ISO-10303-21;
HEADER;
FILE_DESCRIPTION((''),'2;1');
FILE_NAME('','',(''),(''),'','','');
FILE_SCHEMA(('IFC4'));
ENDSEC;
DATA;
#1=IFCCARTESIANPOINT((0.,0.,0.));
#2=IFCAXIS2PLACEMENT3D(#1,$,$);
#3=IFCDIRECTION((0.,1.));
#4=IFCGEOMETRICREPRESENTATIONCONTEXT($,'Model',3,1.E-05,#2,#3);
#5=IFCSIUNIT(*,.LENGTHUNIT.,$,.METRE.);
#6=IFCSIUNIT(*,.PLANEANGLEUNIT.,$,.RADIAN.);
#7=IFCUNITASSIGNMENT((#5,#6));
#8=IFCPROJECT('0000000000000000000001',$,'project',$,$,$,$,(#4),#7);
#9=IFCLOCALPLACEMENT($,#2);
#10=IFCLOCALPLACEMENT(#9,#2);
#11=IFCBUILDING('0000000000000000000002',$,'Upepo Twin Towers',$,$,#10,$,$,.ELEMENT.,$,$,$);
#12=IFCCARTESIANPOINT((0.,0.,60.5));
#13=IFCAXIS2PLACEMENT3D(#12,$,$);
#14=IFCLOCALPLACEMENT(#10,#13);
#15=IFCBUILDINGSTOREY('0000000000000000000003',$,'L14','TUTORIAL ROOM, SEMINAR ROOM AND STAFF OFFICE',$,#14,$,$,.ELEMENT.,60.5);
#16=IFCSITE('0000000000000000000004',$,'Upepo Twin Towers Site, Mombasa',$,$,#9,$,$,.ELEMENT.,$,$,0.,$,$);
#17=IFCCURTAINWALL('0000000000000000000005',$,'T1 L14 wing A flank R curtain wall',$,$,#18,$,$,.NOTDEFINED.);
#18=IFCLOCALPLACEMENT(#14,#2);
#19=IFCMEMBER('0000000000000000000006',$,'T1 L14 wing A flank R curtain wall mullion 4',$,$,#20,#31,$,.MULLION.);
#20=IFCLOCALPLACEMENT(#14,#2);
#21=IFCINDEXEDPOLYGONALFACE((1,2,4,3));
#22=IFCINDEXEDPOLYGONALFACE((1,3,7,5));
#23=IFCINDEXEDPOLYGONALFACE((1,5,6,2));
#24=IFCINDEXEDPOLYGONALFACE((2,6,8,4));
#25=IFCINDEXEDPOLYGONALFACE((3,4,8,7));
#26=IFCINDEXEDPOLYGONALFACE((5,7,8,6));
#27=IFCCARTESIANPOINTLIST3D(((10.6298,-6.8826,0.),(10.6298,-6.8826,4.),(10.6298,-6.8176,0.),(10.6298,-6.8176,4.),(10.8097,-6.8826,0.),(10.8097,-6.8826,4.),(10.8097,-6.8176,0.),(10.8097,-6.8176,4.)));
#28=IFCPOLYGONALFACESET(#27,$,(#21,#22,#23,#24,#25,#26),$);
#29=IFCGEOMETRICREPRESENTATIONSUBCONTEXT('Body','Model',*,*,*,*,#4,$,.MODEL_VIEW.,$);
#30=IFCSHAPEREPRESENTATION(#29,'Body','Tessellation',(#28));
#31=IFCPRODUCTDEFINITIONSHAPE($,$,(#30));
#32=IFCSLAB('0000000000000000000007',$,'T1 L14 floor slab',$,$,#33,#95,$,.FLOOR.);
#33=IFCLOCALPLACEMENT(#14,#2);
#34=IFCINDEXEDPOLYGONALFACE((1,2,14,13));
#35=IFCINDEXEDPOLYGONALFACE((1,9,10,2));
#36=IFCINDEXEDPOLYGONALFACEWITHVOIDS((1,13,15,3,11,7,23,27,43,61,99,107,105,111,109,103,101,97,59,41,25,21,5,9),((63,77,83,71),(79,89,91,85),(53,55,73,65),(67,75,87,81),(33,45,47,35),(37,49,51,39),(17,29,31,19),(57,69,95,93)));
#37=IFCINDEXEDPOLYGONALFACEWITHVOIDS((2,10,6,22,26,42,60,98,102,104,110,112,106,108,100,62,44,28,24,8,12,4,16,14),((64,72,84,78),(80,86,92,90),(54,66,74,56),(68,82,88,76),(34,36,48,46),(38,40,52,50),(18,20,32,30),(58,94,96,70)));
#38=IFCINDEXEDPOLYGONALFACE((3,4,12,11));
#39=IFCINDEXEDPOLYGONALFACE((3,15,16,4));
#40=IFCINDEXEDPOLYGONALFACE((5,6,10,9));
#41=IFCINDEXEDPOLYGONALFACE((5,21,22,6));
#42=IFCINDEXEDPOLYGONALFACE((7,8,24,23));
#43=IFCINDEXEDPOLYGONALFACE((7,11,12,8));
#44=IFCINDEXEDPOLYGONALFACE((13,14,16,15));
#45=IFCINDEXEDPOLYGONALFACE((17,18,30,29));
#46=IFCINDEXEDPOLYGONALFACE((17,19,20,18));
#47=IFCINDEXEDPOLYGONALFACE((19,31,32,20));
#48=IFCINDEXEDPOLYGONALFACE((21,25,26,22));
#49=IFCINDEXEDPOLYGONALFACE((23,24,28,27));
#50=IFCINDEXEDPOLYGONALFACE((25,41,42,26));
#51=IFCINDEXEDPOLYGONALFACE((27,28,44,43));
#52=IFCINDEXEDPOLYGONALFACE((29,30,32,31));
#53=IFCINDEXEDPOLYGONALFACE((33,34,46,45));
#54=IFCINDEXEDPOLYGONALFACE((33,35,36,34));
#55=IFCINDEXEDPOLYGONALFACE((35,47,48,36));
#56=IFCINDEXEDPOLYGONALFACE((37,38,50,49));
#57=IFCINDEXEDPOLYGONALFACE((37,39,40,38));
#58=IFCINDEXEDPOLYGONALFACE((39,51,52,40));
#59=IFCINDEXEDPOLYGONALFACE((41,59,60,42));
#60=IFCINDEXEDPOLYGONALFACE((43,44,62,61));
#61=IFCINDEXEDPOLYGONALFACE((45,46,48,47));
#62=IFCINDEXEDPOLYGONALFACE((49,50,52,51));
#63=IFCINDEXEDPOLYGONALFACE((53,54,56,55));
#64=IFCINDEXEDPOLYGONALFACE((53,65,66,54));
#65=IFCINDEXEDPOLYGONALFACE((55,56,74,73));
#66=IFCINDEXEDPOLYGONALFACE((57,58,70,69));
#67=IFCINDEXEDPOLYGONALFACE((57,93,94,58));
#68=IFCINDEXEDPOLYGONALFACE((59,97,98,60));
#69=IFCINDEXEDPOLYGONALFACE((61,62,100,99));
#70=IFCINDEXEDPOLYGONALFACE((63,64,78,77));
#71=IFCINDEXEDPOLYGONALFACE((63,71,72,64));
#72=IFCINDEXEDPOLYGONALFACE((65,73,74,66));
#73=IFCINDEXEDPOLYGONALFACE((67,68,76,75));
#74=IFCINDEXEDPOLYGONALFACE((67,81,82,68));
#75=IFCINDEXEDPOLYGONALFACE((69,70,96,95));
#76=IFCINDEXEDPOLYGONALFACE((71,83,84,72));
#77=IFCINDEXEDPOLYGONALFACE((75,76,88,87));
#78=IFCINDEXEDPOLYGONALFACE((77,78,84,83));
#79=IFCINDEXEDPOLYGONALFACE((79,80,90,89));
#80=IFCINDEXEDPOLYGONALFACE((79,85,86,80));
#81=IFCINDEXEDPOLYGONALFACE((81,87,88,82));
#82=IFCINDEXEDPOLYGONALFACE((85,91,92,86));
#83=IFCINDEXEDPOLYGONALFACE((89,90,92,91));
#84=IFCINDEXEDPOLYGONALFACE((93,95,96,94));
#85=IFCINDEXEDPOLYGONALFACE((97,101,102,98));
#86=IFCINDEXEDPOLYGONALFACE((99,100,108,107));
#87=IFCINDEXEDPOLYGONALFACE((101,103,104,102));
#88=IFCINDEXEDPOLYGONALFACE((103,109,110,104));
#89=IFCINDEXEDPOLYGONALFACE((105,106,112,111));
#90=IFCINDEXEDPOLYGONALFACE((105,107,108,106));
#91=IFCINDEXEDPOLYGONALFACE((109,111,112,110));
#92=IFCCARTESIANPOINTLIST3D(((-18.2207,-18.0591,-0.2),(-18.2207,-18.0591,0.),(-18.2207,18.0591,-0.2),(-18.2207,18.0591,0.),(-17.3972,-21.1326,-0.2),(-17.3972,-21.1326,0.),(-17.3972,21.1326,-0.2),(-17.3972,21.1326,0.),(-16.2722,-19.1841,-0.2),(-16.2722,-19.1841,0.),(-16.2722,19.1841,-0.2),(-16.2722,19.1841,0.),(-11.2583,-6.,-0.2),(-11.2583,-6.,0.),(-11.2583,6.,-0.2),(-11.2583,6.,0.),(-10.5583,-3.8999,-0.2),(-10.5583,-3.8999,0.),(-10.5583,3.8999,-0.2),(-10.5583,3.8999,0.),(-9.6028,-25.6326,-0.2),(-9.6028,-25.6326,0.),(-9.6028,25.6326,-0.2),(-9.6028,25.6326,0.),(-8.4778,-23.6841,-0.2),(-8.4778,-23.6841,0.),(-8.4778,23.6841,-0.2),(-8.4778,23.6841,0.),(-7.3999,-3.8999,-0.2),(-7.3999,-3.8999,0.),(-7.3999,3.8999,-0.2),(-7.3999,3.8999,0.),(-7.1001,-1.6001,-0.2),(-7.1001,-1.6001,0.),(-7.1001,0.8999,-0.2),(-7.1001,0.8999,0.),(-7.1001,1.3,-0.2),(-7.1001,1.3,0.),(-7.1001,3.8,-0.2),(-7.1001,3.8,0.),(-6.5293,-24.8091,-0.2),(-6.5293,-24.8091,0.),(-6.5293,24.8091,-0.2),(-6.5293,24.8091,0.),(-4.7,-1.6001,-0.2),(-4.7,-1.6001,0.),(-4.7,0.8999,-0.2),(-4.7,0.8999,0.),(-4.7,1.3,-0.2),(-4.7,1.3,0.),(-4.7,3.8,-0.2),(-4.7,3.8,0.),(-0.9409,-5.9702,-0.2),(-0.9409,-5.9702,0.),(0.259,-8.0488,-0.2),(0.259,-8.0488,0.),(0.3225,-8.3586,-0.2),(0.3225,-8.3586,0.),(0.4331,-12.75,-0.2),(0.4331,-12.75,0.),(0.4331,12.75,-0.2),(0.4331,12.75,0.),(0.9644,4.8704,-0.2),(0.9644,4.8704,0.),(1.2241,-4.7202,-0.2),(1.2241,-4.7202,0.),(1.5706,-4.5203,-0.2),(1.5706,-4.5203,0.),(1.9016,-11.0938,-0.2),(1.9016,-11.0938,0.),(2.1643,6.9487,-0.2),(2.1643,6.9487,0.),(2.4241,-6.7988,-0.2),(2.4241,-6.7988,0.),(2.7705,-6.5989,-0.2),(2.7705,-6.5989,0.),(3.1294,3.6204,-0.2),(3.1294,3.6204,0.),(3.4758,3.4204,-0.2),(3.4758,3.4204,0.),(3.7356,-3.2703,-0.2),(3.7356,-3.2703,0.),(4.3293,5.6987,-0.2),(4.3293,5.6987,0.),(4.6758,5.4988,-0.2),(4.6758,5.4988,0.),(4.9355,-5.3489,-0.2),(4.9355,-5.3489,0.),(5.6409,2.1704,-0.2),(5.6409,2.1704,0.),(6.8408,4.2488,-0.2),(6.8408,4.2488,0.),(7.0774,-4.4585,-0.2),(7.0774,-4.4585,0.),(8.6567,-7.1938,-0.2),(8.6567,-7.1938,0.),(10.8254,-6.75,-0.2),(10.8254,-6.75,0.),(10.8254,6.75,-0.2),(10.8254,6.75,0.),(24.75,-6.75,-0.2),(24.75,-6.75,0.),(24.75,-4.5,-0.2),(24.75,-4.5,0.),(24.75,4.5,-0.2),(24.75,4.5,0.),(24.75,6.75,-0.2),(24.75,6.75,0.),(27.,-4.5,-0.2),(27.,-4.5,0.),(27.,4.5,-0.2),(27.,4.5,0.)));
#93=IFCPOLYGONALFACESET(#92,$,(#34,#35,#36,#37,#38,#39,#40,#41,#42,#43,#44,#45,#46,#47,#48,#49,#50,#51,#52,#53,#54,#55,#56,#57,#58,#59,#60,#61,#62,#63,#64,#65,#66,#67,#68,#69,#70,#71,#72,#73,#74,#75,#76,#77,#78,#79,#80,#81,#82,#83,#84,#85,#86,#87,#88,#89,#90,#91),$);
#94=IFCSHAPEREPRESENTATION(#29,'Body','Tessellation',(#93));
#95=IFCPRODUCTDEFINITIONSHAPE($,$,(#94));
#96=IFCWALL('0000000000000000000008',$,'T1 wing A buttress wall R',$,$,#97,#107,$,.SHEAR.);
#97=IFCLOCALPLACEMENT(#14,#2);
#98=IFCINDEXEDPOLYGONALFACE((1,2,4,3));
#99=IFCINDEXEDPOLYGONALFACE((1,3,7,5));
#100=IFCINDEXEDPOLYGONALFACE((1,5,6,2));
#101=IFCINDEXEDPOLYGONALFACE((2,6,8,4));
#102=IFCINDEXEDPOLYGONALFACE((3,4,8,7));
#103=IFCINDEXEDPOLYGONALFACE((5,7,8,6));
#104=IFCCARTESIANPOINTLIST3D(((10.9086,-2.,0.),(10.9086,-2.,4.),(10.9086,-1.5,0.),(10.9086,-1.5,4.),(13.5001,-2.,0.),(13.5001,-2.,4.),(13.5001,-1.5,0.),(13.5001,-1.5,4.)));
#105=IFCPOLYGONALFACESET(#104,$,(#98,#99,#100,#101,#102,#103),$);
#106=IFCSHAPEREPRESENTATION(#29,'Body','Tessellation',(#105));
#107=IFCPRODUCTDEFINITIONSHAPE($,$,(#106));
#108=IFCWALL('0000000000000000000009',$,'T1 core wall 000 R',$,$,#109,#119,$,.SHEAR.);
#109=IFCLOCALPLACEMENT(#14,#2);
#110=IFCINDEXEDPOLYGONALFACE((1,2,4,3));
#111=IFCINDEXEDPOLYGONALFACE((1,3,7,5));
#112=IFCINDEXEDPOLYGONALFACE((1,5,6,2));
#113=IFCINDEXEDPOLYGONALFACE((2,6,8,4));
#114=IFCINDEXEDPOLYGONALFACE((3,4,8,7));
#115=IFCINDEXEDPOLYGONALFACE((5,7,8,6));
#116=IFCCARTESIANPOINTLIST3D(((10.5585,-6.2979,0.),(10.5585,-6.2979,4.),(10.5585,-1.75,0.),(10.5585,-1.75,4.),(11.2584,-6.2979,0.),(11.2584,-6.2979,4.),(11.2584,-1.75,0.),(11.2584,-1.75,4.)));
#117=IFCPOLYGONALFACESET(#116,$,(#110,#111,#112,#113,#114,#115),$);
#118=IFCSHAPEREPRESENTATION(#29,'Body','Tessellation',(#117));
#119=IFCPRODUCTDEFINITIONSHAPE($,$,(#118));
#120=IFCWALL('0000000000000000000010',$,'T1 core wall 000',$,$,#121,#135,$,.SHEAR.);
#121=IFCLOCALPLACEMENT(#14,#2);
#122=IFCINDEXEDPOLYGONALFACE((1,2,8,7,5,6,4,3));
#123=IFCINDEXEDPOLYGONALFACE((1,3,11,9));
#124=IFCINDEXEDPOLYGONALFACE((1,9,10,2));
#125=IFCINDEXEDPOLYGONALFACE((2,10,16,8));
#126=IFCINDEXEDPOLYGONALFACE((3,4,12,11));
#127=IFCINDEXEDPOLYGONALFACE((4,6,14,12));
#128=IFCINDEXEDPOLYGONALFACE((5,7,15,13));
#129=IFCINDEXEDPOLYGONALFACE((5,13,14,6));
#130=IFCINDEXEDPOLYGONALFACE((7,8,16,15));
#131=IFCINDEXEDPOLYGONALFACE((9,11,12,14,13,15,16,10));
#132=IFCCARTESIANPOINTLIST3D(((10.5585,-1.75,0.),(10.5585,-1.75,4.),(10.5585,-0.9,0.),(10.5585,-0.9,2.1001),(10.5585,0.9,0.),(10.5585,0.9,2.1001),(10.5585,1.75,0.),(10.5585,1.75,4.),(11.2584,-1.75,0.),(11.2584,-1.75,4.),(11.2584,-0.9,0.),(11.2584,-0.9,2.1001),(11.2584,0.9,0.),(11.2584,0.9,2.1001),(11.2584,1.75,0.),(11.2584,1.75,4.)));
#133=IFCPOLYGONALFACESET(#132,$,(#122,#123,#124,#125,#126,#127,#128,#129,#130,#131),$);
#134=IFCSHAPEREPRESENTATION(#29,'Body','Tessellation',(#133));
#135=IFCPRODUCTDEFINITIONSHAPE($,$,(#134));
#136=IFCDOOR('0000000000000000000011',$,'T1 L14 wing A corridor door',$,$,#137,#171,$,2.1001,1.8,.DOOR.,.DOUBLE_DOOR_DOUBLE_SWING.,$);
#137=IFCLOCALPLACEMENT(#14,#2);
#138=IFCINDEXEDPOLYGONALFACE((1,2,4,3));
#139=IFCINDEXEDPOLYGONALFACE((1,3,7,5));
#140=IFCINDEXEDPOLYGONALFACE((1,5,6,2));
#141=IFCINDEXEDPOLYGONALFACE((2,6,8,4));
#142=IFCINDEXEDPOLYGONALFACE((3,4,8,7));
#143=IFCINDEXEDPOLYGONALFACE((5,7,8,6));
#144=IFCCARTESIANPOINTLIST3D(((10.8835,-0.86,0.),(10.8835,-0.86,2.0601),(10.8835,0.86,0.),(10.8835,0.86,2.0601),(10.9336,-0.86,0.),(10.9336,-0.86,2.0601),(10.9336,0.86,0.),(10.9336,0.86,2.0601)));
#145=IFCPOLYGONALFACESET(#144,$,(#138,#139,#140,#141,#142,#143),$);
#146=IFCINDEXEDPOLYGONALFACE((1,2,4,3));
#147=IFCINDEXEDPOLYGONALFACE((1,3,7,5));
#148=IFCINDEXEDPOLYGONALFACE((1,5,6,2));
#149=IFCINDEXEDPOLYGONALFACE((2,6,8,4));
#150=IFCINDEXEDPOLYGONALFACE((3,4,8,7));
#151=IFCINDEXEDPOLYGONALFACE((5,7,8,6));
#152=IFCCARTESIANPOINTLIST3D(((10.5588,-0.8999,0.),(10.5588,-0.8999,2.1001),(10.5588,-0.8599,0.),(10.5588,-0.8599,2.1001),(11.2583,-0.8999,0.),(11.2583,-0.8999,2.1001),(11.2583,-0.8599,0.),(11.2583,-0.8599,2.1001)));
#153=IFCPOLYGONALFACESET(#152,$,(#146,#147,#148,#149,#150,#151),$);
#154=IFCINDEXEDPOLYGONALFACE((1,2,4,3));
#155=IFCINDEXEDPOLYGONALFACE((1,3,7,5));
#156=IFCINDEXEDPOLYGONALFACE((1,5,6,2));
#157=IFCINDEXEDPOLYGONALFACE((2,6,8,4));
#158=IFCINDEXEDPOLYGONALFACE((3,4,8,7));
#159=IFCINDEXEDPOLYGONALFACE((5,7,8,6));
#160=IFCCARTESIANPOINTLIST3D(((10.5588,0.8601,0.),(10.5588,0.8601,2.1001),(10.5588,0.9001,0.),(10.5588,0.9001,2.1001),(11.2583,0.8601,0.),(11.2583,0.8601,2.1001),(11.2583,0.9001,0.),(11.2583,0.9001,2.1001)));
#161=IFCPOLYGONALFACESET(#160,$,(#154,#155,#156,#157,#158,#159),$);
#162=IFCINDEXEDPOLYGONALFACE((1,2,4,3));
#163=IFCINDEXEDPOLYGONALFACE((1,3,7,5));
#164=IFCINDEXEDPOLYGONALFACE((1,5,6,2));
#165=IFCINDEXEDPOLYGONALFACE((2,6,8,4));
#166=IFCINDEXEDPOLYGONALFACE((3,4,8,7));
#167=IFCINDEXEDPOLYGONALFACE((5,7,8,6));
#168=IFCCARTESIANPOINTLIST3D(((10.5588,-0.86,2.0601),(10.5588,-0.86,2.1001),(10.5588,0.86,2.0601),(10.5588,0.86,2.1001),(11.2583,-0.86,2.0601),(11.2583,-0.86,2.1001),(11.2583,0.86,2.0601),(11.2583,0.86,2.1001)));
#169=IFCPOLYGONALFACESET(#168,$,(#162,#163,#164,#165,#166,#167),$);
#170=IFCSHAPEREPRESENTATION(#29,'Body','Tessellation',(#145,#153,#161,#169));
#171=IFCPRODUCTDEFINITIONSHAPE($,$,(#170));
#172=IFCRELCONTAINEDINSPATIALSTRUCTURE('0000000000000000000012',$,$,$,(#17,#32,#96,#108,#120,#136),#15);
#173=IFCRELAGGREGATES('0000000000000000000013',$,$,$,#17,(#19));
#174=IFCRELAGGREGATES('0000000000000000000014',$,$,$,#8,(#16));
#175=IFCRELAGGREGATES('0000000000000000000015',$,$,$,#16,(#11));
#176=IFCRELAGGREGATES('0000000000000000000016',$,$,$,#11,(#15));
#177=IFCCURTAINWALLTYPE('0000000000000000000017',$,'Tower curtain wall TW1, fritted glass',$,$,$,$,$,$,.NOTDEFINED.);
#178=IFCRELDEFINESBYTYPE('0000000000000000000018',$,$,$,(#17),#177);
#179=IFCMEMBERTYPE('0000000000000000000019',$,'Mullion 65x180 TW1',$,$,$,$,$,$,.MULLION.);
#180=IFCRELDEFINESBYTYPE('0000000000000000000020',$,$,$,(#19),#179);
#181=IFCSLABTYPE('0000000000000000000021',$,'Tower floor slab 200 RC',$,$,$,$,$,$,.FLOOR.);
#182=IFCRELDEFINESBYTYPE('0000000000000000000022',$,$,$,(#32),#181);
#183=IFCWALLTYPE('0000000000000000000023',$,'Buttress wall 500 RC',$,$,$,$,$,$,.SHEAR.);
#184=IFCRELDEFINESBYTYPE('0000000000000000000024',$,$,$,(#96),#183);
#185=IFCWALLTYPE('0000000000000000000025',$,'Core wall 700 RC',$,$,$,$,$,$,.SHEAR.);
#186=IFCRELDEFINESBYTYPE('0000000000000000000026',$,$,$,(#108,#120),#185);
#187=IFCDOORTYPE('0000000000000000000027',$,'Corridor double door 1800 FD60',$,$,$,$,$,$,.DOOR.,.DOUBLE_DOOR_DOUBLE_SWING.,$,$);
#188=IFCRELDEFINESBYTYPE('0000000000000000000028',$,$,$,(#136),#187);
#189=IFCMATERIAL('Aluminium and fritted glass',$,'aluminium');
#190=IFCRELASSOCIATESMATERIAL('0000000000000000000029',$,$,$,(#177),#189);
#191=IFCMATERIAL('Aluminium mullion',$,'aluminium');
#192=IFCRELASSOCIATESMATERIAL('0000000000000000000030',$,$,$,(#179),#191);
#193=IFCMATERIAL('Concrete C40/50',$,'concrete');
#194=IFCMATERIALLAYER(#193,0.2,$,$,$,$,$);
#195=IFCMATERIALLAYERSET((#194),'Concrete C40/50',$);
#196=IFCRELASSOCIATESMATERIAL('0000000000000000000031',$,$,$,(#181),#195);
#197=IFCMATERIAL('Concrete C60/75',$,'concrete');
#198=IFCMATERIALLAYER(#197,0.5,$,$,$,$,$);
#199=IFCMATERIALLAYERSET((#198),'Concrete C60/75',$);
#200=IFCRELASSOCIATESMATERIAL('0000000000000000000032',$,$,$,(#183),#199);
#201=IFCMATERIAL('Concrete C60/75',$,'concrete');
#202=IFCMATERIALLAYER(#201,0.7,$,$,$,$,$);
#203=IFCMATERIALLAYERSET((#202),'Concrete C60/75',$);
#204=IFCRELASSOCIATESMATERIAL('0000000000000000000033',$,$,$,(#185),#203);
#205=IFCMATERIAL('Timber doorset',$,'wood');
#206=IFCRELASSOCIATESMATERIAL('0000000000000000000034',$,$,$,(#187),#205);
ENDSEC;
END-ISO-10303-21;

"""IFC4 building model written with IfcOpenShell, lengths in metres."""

from ifc_helpers import new_model, si_unit, direction, frame, frame_2d, origin, origin_2d, place, context, subcontext, project, spatial, polyline, rectangle, outline, extrude, material, layer, layer_set, material_profile, profile_set, type_object, element, fill, aggregate, save


model = new_model("IFC4")

# Units and contexts
model_context = context("Model", 3, precision=1e-05, world=origin(), true_north=direction((0.0, 1.0)))
body_context = subcontext(model_context, "Body", "Model", "MODEL_VIEW")
ifc_project = project(units=[si_unit("LENGTHUNIT", "METRE"), si_unit("PLANEANGLEUNIT", "RADIAN")], contexts=[model_context])

# Site, building, storey
site_placement = place(None, origin())
site = spatial("IfcSite", under=ifc_project, at=site_placement, Name="Upepo Twin Towers Site, Mombasa", CompositionType="ELEMENT", RefElevation=0.0)
building_placement = place(site_placement, origin())
building = spatial("IfcBuilding", under=site, at=building_placement, Name="Upepo Twin Towers", CompositionType="ELEMENT")
storey_placement = place(building_placement, frame((0.0, 0.0, 60.5)))
storey = spatial("IfcBuildingStorey", under=building, at=storey_placement, Name="L14", Description="TUTORIAL ROOM, SEMINAR ROOM AND STAFF OFFICE", CompositionType="ELEMENT", Elevation=60.5)

# Curtain wall, member
ifc_material_1 = material(Name="Aluminium and fritted glass", Category="aluminium")
curtain_wall_type = type_object("IfcCurtainWallType", Name="Tower curtain wall TW1, fritted glass", PredefinedType="NOTDEFINED", material=ifc_material_1)
curtain_wall_placement = place(storey_placement, origin())
curtain_wall = element("IfcCurtainWall", 1, at=curtain_wall_placement, inside=storey, type_object=curtain_wall_type, Name="T1 L14 wing A flank R curtain wall", PredefinedType="NOTDEFINED")
ifc_material_2 = material(Name="Aluminium mullion", Category="aluminium")
ifc_material_profile = material_profile(ifc_material_2, rectangle(XDim=0.0649, YDim=0.1799, at=origin_2d()), Name="MULLION 65x180")
ifc_profile_set = profile_set([ifc_material_profile], Name="Aluminium mullion")
member_type = type_object("IfcMemberType", Name="Mullion 65x180 TW1", PredefinedType="MULLION", material=ifc_profile_set)
member_placement = place(storey_placement, frame((10.7197, -6.8501, 0.0), z_axis=(0.0, 0.0, 1.0), x_axis=(0.0, -1.0, 0.0)))
member = element("IfcMember", 2, at=member_placement, type_object=member_type, Name="T1 L14 wing A flank R curtain wall mullion 4", PredefinedType="MULLION", context=body_context, shape_type="SweptSolid", body=[
    extrude(rectangle(XDim=0.0649, YDim=0.1799, at=origin_2d()), origin(), (0.0, 0.0, 1.0), 4.0),
])
aggregate(curtain_wall, [member])

# Slab
ifc_material_3 = material(Name="Concrete C40/50", Category="concrete")
ifc_layer_1 = layer(ifc_material_3, 0.2)
ifc_layer_set_1 = layer_set([ifc_layer_1], Name="Concrete C40/50")
slab_type = type_object("IfcSlabType", Name="Tower floor slab 200 RC", PredefinedType="FLOOR", material=ifc_layer_set_1)
slab_placement = place(storey_placement, frame((0.0, 0.0, -0.2)))
element("IfcSlab", 3, at=slab_placement, inside=storey, type_object=slab_type, Name="T1 L14 floor slab", PredefinedType="FLOOR", context=body_context, shape_type="SweptSolid", body=[
    extrude(outline(polyline([(-8.4778, -23.6841), (-9.6028, -25.6326), (-17.3972, -21.1326), (-16.2722, -19.1841), (-18.2207, -18.0591), (-11.2583, -6.0), (-11.2583, 6.0), (-18.2207, 18.0591), (-16.2722, 19.1841), (-17.3972, 21.1326), (-9.6028, 25.6326), (-8.4778, 23.6841), (-6.5293, 24.8091), (0.4331, 12.75), (10.8254, 6.75), (24.75, 6.75), (24.75, 4.5), (27.0, 4.5), (27.0, -4.5), (24.75, -4.5), (24.75, -6.75), (10.8254, -6.75), (0.4331, -12.75), (-6.5293, -24.8091), (-8.4778, -23.6841)]), holes=[polyline([(5.6409, 2.1704), (6.8408, 4.2488), (4.6758, 5.4988), (3.4758, 3.4204), (5.6409, 2.1704)]), polyline([(3.1294, 3.6204), (4.3293, 5.6987), (2.1643, 6.9487), (0.9644, 4.8704), (3.1294, 3.6204)]), polyline([(-4.7, 3.8), (-7.1001, 3.8), (-7.1001, 1.3), (-4.7, 1.3), (-4.7, 3.8)]), polyline([(-4.7, 0.8999), (-7.1001, 0.8999), (-7.1001, -1.6001), (-4.7, -1.6001), (-4.7, 0.8999)]), polyline([(-7.3999, 3.8999), (-10.5583, 3.8999), (-10.5583, -3.8999), (-7.3999, -3.8999), (-7.3999, 3.8999)]), polyline([(-0.9409, -5.9702), (0.259, -8.0488), (2.4241, -6.7988), (1.2241, -4.7202), (-0.9409, -5.9702)]), polyline([(1.5706, -4.5203), (2.7705, -6.5989), (4.9355, -5.3489), (3.7356, -3.2703), (1.5706, -4.5203)]), polyline([(0.3225, -8.3586), (1.9016, -11.0938), (8.6567, -7.1938), (7.0774, -4.4585), (0.3225, -8.3586)])]), origin(), (0.0, 0.0, 1.0), 0.2),
])

# Walls
ifc_material_4 = material(Name="Concrete C60/75", Category="concrete")
ifc_layer_2 = layer(ifc_material_4, 0.5)
ifc_layer_set_2 = layer_set([ifc_layer_2], Name="Concrete C60/75")
wall_type_1 = type_object("IfcWallType", Name="Buttress wall 500 RC", PredefinedType="SHEAR", material=ifc_layer_set_2)
wall_1_placement = place(storey_placement, frame((10.9084, -1.75, 0.0), z_axis=(0.0, 0.0, 1.0), x_axis=(1.0, 0.0, 0.0)))
element("IfcWall", 4, at=wall_1_placement, inside=storey, type_object=wall_type_1, Name="T1 wing A buttress wall R", PredefinedType="SHEAR", context=body_context, shape_type="SweptSolid", body=[
    extrude(rectangle(XDim=2.5916, YDim=0.5, at=frame_2d((1.2959, 0.0))), origin(), (0.0, 0.0, 1.0), 4.0),
])
ifc_material_5 = material(Name="Concrete C60/75", Category="concrete")
ifc_layer_3 = layer(ifc_material_5, 0.7)
ifc_layer_set_3 = layer_set([ifc_layer_3], Name="Concrete C60/75")
wall_type_2 = type_object("IfcWallType", Name="Core wall 700 RC", PredefinedType="SHEAR", material=ifc_layer_set_3)
wall_2_placement = place(storey_placement, frame((10.9084, -6.2979, 0.0), z_axis=(0.0, 0.0, 1.0), x_axis=(0.0, 1.0, 0.0)))
element("IfcWall", 5, at=wall_2_placement, inside=storey, type_object=wall_type_2, Name="T1 core wall 000 R", PredefinedType="SHEAR", context=body_context, shape_type="SweptSolid", body=[
    extrude(rectangle(XDim=4.5479, YDim=0.7, at=frame_2d((2.2739, 0.0))), origin(), (0.0, 0.0, 1.0), 4.0),
])

# Wall, opening, door
wall_3_placement = place(storey_placement, frame((10.9084, -1.75, 0.0), z_axis=(0.0, 0.0, 1.0), x_axis=(0.0, 1.0, 0.0)))
wall_3 = element("IfcWall", 6, at=wall_3_placement, inside=storey, type_object=wall_type_2, Name="T1 core wall 000", PredefinedType="SHEAR", context=body_context, shape_type="SweptSolid", body=[
    extrude(rectangle(XDim=3.5, YDim=0.7, at=frame_2d((1.75, 0.0))), origin(), (0.0, 0.0, 1.0), 4.0),
])
opening_1_placement = place(wall_3_placement, frame((0.8501, 0.0, 0.0)))
opening_1 = element("IfcOpeningElement", 7, at=opening_1_placement, cuts=wall_3, PredefinedType="OPENING", context=body_context, shape_type="SweptSolid", body=[
    extrude(rectangle(XDim=1.8, YDim=2.1001, at=frame_2d((0.8999, 1.05))), frame((0.0, 0.3599, 0.0), z_axis=(0.0, -1.0, 0.0), x_axis=(1.0, 0.0, 0.0)), (0.0, 0.0, 1.0), 0.72),
])
ifc_material_6 = material(Name="Timber doorset", Category="wood")
door_type_1 = type_object("IfcDoorType", Name="Corridor double door 1800 FD60", OperationType="DOUBLE_DOOR_DOUBLE_SWING", PredefinedType="DOOR", material=ifc_material_6)
door_1_placement = place(opening_1_placement, origin())
door_1 = element("IfcDoor", 8, at=door_1_placement, inside=storey, type_object=door_type_1, Name="T1 L14 wing A corridor door", OperationType="DOUBLE_DOOR_DOUBLE_SWING", OverallHeight=2.1001, OverallWidth=1.8, PredefinedType="DOOR", context=body_context, shape_type="SweptSolid", body=[
    extrude(rectangle(XDim=1.72, YDim=2.0601, at=frame_2d((0.8999, 1.03))), frame((0.0, 0.0249, 0.0), z_axis=(0.0, -1.0, 0.0), x_axis=(1.0, 0.0, 0.0)), (0.0, 0.0, 1.0), 0.05),
    extrude(rectangle(XDim=0.04, YDim=2.1001, at=frame_2d((0.02, 1.05))), frame((0.0, 0.3496, 0.0), z_axis=(0.0, -1.0, 0.0), x_axis=(1.0, 0.0, 0.0)), (0.0, 0.0, 1.0), 0.6995),
    extrude(rectangle(XDim=0.04, YDim=2.1001, at=frame_2d((1.78, 1.05))), frame((0.0, 0.3496, 0.0), z_axis=(0.0, -1.0, 0.0), x_axis=(1.0, 0.0, 0.0)), (0.0, 0.0, 1.0), 0.6995),
    extrude(rectangle(XDim=1.72, YDim=0.04, at=frame_2d((0.8999, 2.0801))), frame((0.0, 0.3496, 0.0), z_axis=(0.0, -1.0, 0.0), x_axis=(1.0, 0.0, 0.0)), (0.0, 0.0, 1.0), 0.6995),
])
fill(opening_1, door_1)

save(model, "model.ifc")
